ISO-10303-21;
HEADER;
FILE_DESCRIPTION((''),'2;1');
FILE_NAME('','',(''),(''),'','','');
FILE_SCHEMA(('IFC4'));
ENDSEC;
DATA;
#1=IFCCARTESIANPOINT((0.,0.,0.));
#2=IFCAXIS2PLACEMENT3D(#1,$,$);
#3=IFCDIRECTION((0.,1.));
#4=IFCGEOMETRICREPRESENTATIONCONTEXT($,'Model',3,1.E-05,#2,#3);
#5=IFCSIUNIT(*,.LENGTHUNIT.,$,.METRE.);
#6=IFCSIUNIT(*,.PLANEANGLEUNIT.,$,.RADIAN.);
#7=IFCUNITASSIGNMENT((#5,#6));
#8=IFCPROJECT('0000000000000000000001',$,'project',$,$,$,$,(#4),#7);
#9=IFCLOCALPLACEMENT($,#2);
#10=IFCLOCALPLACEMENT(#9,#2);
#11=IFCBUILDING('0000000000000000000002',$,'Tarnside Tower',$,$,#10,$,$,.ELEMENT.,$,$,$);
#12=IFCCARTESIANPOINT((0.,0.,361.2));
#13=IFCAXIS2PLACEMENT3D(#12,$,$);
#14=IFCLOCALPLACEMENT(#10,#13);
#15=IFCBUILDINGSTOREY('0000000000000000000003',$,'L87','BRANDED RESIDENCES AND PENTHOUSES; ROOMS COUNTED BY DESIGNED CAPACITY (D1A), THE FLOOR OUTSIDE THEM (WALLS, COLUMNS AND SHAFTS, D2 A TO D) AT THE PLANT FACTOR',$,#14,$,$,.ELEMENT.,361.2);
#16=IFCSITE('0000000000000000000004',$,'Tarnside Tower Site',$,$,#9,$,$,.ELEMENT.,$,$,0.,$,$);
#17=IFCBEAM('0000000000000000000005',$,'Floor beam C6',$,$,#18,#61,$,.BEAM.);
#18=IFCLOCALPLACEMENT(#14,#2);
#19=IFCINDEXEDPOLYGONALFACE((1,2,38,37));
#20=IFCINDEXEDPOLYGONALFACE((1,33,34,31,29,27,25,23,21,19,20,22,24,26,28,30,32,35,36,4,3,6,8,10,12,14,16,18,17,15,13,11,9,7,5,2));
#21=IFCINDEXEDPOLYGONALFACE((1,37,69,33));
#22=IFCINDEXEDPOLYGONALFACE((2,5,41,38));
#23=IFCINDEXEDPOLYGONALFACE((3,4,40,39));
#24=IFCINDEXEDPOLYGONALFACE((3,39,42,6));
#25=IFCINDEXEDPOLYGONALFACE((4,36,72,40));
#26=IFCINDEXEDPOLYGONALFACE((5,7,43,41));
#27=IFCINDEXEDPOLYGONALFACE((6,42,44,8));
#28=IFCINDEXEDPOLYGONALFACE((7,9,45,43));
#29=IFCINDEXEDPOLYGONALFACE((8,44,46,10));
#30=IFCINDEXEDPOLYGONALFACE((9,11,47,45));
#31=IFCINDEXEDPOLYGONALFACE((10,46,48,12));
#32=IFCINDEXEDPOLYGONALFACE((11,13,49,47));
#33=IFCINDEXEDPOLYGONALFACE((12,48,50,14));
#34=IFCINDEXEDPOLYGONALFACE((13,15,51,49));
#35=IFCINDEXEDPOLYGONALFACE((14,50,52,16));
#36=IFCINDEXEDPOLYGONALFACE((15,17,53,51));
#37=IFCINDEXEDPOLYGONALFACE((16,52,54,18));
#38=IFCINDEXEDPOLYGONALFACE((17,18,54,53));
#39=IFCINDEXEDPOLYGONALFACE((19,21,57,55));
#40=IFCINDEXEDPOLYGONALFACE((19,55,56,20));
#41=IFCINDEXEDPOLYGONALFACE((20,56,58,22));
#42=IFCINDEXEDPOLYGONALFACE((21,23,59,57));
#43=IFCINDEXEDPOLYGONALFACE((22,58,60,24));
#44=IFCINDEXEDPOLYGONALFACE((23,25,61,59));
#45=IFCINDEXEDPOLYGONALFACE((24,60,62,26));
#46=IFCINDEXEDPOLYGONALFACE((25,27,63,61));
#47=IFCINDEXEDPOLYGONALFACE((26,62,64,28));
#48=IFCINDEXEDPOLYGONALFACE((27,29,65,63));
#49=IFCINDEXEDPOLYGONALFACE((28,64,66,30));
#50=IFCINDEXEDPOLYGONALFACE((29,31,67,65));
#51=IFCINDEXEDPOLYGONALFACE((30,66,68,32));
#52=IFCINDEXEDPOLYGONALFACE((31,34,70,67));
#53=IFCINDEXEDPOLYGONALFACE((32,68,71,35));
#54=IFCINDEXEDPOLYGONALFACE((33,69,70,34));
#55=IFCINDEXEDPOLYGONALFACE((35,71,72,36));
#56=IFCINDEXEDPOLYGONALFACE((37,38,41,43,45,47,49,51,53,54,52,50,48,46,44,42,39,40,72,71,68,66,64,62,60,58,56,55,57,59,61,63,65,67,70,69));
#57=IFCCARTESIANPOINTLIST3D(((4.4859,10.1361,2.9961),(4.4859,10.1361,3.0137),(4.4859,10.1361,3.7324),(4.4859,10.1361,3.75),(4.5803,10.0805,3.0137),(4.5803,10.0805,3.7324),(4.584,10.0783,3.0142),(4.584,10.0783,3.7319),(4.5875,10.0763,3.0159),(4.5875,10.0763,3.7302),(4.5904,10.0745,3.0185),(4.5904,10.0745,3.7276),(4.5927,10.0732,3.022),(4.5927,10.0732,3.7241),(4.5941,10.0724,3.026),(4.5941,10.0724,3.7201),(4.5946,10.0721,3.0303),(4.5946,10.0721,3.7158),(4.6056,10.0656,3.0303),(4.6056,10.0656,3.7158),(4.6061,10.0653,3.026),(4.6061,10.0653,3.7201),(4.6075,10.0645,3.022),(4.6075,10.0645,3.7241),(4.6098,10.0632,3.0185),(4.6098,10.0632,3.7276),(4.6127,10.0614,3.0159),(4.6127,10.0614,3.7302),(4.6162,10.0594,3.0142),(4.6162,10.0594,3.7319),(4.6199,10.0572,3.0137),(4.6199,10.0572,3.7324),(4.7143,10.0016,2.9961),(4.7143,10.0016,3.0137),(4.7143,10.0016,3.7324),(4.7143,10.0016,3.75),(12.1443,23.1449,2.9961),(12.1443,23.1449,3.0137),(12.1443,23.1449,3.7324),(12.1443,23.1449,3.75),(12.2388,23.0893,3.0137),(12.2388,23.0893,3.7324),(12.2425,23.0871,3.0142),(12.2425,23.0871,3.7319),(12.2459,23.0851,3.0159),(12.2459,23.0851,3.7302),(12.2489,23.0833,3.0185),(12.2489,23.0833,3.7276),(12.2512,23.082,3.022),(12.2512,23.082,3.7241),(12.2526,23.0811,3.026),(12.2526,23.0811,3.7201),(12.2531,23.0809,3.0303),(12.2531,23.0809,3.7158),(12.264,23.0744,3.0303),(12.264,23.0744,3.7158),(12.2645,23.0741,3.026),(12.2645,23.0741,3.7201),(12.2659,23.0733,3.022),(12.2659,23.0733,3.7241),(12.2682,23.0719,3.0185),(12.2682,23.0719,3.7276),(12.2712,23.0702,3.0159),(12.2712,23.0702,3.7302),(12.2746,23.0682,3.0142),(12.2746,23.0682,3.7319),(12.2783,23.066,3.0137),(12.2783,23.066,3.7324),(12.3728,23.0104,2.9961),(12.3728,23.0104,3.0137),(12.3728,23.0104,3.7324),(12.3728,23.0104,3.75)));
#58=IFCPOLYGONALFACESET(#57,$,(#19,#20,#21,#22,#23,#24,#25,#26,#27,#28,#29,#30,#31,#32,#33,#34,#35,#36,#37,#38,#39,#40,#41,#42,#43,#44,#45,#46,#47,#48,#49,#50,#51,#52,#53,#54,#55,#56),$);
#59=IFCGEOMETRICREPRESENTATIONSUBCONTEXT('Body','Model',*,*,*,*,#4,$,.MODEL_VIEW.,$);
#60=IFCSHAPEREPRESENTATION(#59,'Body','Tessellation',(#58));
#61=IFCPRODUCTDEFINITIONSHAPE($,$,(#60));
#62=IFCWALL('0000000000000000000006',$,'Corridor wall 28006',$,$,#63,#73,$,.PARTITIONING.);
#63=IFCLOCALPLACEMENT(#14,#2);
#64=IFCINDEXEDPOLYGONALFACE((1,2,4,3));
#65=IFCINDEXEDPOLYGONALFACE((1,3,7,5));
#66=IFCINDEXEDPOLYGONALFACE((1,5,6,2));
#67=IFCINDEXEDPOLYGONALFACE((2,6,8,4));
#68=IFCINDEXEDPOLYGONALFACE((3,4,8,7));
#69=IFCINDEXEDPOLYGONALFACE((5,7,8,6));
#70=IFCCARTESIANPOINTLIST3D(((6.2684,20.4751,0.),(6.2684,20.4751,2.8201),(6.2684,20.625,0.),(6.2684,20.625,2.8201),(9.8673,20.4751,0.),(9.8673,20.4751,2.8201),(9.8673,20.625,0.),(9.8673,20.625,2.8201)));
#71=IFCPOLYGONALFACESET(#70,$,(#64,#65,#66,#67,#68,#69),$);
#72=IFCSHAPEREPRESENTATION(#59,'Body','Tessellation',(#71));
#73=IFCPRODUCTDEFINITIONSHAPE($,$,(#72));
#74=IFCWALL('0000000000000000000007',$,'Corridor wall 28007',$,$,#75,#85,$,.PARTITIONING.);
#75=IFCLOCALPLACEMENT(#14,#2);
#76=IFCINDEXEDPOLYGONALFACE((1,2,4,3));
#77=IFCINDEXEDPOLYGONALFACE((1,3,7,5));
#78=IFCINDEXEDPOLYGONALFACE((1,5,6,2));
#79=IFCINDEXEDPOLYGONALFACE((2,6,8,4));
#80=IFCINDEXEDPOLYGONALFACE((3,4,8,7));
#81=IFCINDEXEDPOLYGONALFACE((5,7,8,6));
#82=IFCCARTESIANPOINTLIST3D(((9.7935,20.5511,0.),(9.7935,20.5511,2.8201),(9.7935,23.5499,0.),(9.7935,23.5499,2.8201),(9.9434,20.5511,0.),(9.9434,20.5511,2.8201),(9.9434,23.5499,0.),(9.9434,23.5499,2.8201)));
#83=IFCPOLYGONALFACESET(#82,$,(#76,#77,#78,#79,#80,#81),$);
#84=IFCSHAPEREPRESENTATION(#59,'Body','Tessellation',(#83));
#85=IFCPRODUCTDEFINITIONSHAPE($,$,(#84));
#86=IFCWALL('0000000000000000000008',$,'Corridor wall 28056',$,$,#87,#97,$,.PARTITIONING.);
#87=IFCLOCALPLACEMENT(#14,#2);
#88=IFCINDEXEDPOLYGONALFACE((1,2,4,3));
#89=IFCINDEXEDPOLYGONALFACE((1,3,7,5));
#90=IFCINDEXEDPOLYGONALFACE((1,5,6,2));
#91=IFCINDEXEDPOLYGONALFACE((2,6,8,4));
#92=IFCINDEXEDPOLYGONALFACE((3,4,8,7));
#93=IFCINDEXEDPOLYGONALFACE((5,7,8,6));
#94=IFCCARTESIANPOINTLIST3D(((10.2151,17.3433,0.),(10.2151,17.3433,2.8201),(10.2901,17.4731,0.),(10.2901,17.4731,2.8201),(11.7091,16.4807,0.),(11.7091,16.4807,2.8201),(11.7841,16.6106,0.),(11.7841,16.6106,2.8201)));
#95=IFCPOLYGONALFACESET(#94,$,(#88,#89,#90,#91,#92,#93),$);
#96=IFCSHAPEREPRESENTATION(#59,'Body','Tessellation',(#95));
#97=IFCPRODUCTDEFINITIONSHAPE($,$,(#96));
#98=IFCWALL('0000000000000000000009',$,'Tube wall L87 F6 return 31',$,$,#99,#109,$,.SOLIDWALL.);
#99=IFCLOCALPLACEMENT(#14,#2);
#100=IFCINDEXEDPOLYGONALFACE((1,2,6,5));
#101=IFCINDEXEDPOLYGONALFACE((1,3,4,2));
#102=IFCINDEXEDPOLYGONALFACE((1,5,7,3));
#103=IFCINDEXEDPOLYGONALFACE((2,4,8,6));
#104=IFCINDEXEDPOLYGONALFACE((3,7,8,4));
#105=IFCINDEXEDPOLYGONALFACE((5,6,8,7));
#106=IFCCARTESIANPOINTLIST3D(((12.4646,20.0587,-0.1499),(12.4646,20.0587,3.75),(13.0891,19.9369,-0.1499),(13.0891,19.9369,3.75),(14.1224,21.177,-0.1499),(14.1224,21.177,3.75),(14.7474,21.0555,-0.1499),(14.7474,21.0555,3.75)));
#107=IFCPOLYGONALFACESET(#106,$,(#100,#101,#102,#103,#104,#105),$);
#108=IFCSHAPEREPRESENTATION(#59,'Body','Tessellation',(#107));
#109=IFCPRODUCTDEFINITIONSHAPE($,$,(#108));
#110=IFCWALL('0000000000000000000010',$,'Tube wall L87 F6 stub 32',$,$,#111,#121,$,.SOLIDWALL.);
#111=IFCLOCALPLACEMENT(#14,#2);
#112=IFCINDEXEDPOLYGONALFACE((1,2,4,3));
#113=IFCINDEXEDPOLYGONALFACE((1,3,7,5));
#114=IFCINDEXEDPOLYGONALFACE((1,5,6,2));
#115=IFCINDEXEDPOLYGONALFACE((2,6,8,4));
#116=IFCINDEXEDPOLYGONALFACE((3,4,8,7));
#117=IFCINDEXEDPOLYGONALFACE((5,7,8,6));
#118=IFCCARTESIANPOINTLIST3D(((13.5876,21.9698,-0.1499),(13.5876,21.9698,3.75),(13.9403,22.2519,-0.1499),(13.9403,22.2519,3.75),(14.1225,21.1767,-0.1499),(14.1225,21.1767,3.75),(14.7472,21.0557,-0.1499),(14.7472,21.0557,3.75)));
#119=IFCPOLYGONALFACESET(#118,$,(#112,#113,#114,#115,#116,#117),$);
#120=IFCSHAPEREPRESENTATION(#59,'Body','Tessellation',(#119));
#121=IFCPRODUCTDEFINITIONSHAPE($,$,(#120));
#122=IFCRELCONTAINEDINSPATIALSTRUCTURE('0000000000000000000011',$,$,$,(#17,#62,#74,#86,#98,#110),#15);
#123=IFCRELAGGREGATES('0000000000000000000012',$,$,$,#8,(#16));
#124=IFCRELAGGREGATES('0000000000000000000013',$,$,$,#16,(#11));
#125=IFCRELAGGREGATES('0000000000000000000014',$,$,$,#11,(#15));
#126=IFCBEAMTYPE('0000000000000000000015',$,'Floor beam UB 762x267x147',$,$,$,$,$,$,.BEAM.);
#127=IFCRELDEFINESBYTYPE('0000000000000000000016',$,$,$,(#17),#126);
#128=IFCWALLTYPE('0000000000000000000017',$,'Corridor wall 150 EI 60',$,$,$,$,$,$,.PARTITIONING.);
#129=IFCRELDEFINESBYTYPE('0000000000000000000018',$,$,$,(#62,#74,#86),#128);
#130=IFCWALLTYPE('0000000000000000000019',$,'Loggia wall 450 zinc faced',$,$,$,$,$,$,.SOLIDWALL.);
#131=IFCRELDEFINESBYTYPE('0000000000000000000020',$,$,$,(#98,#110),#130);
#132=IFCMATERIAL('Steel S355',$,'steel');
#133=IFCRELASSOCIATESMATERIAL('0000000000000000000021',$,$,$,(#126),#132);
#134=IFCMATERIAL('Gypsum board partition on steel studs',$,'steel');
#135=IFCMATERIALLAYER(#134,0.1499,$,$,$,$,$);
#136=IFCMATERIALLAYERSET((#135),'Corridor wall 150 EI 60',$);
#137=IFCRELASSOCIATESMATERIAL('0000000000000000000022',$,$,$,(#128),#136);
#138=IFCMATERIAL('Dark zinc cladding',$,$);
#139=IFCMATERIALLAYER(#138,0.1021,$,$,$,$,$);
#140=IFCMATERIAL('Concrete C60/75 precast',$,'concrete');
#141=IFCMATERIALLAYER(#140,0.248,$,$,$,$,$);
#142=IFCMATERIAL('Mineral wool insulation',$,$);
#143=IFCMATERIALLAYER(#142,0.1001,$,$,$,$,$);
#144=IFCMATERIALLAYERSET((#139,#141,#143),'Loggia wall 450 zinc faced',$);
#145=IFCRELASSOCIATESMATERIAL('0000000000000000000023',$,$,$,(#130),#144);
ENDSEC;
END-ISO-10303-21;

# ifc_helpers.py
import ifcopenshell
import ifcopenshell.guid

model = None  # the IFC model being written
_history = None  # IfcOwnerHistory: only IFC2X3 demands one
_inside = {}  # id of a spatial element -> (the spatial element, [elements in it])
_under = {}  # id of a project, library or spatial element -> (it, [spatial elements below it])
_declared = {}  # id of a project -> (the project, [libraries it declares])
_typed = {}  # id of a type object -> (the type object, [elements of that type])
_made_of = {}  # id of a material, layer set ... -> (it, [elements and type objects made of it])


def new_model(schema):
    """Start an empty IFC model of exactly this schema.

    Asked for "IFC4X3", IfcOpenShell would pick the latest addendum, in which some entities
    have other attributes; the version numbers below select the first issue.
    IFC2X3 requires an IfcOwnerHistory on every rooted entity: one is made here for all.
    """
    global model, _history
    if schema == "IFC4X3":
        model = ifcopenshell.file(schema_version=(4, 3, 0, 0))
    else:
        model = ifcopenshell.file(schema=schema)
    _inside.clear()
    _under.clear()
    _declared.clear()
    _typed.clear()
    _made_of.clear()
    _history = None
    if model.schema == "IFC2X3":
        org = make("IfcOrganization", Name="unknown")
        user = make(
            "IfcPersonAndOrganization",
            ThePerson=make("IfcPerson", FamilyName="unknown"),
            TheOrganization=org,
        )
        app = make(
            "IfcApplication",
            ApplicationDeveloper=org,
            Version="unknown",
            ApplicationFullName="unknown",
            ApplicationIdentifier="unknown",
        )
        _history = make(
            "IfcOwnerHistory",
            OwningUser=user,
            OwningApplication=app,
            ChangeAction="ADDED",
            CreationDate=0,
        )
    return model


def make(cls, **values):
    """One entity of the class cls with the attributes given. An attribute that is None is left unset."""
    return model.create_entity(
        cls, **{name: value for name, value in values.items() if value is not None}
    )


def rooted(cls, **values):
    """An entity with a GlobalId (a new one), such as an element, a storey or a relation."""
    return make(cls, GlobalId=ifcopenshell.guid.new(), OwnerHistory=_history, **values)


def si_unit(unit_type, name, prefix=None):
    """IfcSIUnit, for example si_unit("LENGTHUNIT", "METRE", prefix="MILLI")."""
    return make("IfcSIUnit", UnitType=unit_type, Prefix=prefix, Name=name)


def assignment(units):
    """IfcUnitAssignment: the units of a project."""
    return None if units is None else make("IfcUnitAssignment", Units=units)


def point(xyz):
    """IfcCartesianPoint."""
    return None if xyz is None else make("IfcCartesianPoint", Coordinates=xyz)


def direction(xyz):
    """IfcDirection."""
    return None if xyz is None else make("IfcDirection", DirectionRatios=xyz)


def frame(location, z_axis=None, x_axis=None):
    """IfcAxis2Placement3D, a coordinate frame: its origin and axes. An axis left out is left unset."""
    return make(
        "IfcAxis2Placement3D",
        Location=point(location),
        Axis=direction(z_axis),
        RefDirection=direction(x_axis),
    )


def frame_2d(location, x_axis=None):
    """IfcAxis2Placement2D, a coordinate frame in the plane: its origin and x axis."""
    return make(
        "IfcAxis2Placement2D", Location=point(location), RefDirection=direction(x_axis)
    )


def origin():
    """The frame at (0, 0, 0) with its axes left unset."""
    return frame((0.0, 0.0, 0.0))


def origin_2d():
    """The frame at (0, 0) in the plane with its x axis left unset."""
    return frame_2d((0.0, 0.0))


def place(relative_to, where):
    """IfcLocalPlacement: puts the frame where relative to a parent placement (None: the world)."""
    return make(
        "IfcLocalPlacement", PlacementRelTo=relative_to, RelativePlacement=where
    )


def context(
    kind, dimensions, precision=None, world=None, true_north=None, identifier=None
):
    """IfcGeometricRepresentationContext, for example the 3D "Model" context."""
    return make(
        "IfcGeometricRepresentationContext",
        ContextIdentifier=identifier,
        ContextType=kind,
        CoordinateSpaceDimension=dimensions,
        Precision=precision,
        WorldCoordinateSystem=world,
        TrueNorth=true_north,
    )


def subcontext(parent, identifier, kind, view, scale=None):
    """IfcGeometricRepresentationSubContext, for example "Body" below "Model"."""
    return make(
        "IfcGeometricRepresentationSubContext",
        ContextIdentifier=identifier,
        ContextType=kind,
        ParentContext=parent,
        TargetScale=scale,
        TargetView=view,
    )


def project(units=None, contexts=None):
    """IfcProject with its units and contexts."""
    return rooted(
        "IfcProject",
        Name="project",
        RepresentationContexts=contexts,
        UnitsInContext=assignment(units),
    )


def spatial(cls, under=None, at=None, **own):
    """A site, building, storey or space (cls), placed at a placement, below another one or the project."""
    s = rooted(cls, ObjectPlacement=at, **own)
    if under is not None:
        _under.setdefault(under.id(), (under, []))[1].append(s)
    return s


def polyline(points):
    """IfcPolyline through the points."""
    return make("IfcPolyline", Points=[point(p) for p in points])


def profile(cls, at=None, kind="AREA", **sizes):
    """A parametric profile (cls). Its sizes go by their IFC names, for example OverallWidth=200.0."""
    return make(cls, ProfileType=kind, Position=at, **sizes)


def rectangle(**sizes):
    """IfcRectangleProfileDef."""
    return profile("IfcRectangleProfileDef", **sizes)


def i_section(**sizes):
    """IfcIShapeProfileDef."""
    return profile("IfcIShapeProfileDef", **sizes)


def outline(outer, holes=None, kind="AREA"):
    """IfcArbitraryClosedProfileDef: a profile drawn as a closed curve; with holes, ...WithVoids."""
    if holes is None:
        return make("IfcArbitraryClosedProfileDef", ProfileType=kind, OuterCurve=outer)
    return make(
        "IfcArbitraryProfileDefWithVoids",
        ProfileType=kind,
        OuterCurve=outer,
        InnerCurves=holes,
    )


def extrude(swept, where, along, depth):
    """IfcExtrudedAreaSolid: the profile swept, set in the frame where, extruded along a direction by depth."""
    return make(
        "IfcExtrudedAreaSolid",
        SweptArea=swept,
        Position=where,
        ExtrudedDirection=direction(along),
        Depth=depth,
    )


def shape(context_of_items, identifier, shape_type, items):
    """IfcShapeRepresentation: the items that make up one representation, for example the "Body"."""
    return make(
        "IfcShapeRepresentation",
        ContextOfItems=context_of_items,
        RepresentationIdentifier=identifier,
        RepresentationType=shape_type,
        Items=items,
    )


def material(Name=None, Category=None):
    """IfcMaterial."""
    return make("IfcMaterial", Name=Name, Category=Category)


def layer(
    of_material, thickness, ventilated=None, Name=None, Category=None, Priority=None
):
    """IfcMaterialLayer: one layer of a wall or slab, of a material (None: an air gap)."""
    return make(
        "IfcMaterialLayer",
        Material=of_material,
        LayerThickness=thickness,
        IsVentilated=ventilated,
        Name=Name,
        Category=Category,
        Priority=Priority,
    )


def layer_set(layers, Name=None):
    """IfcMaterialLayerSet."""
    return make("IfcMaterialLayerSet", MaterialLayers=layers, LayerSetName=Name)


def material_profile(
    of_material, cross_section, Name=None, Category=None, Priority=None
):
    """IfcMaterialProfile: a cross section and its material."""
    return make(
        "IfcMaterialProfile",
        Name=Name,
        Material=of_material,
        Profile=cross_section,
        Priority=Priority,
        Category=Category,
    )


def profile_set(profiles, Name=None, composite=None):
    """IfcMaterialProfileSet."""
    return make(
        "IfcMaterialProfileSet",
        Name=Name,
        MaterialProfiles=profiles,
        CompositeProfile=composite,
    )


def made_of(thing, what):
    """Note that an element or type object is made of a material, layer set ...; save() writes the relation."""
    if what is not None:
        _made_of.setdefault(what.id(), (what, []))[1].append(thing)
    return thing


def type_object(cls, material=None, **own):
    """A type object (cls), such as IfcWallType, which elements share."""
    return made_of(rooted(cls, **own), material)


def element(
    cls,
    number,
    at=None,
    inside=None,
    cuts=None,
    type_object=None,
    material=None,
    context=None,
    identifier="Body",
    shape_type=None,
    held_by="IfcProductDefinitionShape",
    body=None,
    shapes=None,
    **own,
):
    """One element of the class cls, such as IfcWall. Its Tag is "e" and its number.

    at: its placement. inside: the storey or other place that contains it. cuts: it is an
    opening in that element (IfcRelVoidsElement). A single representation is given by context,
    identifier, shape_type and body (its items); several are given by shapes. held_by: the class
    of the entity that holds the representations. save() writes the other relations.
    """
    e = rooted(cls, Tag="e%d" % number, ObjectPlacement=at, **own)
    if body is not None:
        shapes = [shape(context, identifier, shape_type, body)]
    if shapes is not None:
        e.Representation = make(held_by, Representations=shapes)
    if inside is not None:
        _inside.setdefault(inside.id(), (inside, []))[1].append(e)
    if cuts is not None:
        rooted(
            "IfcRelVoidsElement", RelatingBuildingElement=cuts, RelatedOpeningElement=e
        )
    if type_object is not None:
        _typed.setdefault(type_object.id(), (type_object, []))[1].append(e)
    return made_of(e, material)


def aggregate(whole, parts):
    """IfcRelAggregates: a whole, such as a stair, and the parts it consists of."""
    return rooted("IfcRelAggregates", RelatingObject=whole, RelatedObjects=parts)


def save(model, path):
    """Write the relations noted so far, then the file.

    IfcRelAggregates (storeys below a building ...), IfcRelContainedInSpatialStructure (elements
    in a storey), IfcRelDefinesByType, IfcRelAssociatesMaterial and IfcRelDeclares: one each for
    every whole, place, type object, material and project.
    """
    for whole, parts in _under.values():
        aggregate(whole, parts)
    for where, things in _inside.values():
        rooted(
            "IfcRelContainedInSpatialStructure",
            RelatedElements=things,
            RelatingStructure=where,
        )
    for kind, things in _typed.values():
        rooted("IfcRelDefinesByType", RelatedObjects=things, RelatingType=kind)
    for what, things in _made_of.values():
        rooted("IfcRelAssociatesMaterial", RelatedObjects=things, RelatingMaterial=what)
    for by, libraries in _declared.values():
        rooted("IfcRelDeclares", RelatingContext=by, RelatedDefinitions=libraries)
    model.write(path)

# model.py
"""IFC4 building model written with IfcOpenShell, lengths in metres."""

from ifc_helpers import new_model, si_unit, direction, frame, frame_2d, origin, origin_2d, place, context, subcontext, project, spatial, polyline, rectangle, i_section, outline, extrude, material, layer, layer_set, material_profile, profile_set, type_object, element, save


model = new_model("IFC4")

# Units and contexts
model_context = context("Model", 3, precision=1e-05, world=origin(), true_north=direction((0.0, 1.0)))
body_context = subcontext(model_context, "Body", "Model", "MODEL_VIEW")
ifc_project = project(units=[si_unit("LENGTHUNIT", "METRE"), si_unit("PLANEANGLEUNIT", "RADIAN")], contexts=[model_context])

# Site, building, storey
site_placement = place(None, origin())
site = spatial("IfcSite", under=ifc_project, at=site_placement, Name="Tarnside Tower Site", CompositionType="ELEMENT", RefElevation=0.0)
building_placement = place(site_placement, origin())
building = spatial("IfcBuilding", under=site, at=building_placement, Name="Tarnside Tower", CompositionType="ELEMENT")
storey_placement = place(building_placement, frame((0.0, 0.0, 361.2)))
storey = spatial("IfcBuildingStorey", under=building, at=storey_placement, Name="L87", Description="BRANDED RESIDENCES AND PENTHOUSES; ROOMS COUNTED BY DESIGNED CAPACITY (D1A), THE FLOOR OUTSIDE THEM (WALLS, COLUMNS AND SHAFTS, D2 A TO D) AT THE PLANT FACTOR", CompositionType="ELEMENT", Elevation=361.2)

# Beam
ifc_material_1 = material(Name="Steel S355", Category="steel")
ifc_material_profile_1 = material_profile(ifc_material_1, i_section(OverallWidth=0.2651, OverallDepth=0.7539, WebThickness=0.0127, FlangeThickness=0.0176, FilletRadius=0.0166, at=origin_2d()), Name="UB 762x267x147")
ifc_profile_set_1 = profile_set([ifc_material_profile_1], Name="Steel S355")
beam_type_1 = type_object("IfcBeamType", Name="Floor beam UB 762x267x147", PredefinedType="BEAM", material=ifc_profile_set_1)
beam_1_placement = place(storey_placement, frame((12.2585, 23.0776, 3.373), z_axis=(-0.507326, -0.861754, 0.0), x_axis=(0.861754, -0.507326, 0.0)))
element("IfcBeam", 1, at=beam_1_placement, inside=storey, type_object=beam_type_1, Name="Floor beam C6", PredefinedType="BEAM", context=body_context, shape_type="SweptSolid", body=[
    extrude(i_section(OverallWidth=0.2651, OverallDepth=0.7539, WebThickness=0.0127, FlangeThickness=0.0176, FilletRadius=0.0166, at=origin_2d()), origin(), (0.0, 0.0, 1.0), 15.0957),
])

# Walls
ifc_material_2 = material(Name="Gypsum board partition on steel studs", Category="steel")
ifc_layer_1 = layer(ifc_material_2, 0.1499)
ifc_layer_set_1 = layer_set([ifc_layer_1], Name="Corridor wall 150 EI 60")
wall_type_1 = type_object("IfcWallType", Name="Corridor wall 150 EI 60", PredefinedType="PARTITIONING", material=ifc_layer_set_1)
wall_1_placement = place(storey_placement, frame((9.8672, 20.55, 0.0), z_axis=(0.0, 0.0, 1.0), x_axis=(-1.0, 0.0, 0.0)))
element("IfcWall", 2, at=wall_1_placement, inside=storey, type_object=wall_type_1, Name="Corridor wall 28006", PredefinedType="PARTITIONING", context=body_context, shape_type="SweptSolid", body=[
    extrude(rectangle(XDim=3.5989, YDim=0.1499, at=frame_2d((1.7993, 0.0))), origin(), (0.0, 0.0, 1.0), 2.8201),
])
wall_2_placement = place(storey_placement, frame((9.8684, 23.55, 0.0), z_axis=(0.0, 0.0, 1.0), x_axis=(0.0, -1.0, 0.0)))
element("IfcWall", 3, at=wall_2_placement, inside=storey, type_object=wall_type_1, Name="Corridor wall 28007", PredefinedType="PARTITIONING", context=body_context, shape_type="SweptSolid", body=[
    extrude(rectangle(XDim=2.9988, YDim=0.1499, at=frame_2d((1.4995, 0.0))), origin(), (0.0, 0.0, 1.0), 2.8201),
])
wall_3_placement = place(storey_placement, frame((11.7466, 16.5457, 0.0), z_axis=(0.0, 0.0, 1.0), x_axis=(-0.866014, 0.500021, 0.0)))
element("IfcWall", 4, at=wall_3_placement, inside=storey, type_object=wall_type_1, Name="Corridor wall 28056", PredefinedType="PARTITIONING", context=body_context, shape_type="SweptSolid", body=[
    extrude(rectangle(XDim=1.7251, YDim=0.1499, at=frame_2d((0.8625, 0.0))), origin(), (0.0, 0.0, 1.0), 2.8201),
])
ifc_material_3 = material(Name="Dark zinc cladding")
ifc_layer_2 = layer(ifc_material_3, 0.1021)
ifc_material_4 = material(Name="Concrete C60/75 precast", Category="concrete")
ifc_layer_3 = layer(ifc_material_4, 0.248)
ifc_material_5 = material(Name="Mineral wool insulation")
ifc_layer_4 = layer(ifc_material_5, 0.1001)
ifc_layer_set_2 = layer_set([ifc_layer_2, ifc_layer_3, ifc_layer_4], Name="Loggia wall 450 zinc faced")
wall_type_2 = type_object("IfcWallType", Name="Loggia wall 450 zinc faced", PredefinedType="SOLIDWALL", material=ifc_layer_set_2)
wall_4_placement = place(storey_placement, frame((12.7769, 19.9978, -0.1499), z_axis=(0.0, 0.0, 1.0), x_axis=(0.829014, 0.559228, 0.0)))
element("IfcWall", 5, at=wall_4_placement, inside=storey, type_object=wall_type_2, Name="Tube wall L87 F6 return 31", PredefinedType="SOLIDWALL", context=body_context, shape_type="SweptSolid", body=[
    extrude(outline(polyline([(0.2249, -0.2251), (2.2251, -0.2251), (1.7749, 0.2251), (-0.2249, 0.2251), (0.2249, -0.2251)])), origin(), (0.0, 0.0, 1.0), 3.8999),
])
wall_5_placement = place(storey_placement, frame((14.4348, 21.1162, -0.1499), z_axis=(0.0, 0.0, 1.0), x_axis=(-0.5592, 0.829033, 0.0)))
element("IfcWall", 6, at=wall_5_placement, inside=storey, type_object=wall_type_2, Name="Tube wall L87 F6 stub 32", PredefinedType="SOLIDWALL", context=body_context, shape_type="SweptSolid", body=[
    extrude(outline(polyline([(-0.2249, -0.2251), (1.218, -0.2251), (1.1814, 0.2251), (0.2249, 0.2251), (-0.2249, -0.2251)])), origin(), (0.0, 0.0, 1.0), 3.8999),
])

save(model, "model.ifc")
